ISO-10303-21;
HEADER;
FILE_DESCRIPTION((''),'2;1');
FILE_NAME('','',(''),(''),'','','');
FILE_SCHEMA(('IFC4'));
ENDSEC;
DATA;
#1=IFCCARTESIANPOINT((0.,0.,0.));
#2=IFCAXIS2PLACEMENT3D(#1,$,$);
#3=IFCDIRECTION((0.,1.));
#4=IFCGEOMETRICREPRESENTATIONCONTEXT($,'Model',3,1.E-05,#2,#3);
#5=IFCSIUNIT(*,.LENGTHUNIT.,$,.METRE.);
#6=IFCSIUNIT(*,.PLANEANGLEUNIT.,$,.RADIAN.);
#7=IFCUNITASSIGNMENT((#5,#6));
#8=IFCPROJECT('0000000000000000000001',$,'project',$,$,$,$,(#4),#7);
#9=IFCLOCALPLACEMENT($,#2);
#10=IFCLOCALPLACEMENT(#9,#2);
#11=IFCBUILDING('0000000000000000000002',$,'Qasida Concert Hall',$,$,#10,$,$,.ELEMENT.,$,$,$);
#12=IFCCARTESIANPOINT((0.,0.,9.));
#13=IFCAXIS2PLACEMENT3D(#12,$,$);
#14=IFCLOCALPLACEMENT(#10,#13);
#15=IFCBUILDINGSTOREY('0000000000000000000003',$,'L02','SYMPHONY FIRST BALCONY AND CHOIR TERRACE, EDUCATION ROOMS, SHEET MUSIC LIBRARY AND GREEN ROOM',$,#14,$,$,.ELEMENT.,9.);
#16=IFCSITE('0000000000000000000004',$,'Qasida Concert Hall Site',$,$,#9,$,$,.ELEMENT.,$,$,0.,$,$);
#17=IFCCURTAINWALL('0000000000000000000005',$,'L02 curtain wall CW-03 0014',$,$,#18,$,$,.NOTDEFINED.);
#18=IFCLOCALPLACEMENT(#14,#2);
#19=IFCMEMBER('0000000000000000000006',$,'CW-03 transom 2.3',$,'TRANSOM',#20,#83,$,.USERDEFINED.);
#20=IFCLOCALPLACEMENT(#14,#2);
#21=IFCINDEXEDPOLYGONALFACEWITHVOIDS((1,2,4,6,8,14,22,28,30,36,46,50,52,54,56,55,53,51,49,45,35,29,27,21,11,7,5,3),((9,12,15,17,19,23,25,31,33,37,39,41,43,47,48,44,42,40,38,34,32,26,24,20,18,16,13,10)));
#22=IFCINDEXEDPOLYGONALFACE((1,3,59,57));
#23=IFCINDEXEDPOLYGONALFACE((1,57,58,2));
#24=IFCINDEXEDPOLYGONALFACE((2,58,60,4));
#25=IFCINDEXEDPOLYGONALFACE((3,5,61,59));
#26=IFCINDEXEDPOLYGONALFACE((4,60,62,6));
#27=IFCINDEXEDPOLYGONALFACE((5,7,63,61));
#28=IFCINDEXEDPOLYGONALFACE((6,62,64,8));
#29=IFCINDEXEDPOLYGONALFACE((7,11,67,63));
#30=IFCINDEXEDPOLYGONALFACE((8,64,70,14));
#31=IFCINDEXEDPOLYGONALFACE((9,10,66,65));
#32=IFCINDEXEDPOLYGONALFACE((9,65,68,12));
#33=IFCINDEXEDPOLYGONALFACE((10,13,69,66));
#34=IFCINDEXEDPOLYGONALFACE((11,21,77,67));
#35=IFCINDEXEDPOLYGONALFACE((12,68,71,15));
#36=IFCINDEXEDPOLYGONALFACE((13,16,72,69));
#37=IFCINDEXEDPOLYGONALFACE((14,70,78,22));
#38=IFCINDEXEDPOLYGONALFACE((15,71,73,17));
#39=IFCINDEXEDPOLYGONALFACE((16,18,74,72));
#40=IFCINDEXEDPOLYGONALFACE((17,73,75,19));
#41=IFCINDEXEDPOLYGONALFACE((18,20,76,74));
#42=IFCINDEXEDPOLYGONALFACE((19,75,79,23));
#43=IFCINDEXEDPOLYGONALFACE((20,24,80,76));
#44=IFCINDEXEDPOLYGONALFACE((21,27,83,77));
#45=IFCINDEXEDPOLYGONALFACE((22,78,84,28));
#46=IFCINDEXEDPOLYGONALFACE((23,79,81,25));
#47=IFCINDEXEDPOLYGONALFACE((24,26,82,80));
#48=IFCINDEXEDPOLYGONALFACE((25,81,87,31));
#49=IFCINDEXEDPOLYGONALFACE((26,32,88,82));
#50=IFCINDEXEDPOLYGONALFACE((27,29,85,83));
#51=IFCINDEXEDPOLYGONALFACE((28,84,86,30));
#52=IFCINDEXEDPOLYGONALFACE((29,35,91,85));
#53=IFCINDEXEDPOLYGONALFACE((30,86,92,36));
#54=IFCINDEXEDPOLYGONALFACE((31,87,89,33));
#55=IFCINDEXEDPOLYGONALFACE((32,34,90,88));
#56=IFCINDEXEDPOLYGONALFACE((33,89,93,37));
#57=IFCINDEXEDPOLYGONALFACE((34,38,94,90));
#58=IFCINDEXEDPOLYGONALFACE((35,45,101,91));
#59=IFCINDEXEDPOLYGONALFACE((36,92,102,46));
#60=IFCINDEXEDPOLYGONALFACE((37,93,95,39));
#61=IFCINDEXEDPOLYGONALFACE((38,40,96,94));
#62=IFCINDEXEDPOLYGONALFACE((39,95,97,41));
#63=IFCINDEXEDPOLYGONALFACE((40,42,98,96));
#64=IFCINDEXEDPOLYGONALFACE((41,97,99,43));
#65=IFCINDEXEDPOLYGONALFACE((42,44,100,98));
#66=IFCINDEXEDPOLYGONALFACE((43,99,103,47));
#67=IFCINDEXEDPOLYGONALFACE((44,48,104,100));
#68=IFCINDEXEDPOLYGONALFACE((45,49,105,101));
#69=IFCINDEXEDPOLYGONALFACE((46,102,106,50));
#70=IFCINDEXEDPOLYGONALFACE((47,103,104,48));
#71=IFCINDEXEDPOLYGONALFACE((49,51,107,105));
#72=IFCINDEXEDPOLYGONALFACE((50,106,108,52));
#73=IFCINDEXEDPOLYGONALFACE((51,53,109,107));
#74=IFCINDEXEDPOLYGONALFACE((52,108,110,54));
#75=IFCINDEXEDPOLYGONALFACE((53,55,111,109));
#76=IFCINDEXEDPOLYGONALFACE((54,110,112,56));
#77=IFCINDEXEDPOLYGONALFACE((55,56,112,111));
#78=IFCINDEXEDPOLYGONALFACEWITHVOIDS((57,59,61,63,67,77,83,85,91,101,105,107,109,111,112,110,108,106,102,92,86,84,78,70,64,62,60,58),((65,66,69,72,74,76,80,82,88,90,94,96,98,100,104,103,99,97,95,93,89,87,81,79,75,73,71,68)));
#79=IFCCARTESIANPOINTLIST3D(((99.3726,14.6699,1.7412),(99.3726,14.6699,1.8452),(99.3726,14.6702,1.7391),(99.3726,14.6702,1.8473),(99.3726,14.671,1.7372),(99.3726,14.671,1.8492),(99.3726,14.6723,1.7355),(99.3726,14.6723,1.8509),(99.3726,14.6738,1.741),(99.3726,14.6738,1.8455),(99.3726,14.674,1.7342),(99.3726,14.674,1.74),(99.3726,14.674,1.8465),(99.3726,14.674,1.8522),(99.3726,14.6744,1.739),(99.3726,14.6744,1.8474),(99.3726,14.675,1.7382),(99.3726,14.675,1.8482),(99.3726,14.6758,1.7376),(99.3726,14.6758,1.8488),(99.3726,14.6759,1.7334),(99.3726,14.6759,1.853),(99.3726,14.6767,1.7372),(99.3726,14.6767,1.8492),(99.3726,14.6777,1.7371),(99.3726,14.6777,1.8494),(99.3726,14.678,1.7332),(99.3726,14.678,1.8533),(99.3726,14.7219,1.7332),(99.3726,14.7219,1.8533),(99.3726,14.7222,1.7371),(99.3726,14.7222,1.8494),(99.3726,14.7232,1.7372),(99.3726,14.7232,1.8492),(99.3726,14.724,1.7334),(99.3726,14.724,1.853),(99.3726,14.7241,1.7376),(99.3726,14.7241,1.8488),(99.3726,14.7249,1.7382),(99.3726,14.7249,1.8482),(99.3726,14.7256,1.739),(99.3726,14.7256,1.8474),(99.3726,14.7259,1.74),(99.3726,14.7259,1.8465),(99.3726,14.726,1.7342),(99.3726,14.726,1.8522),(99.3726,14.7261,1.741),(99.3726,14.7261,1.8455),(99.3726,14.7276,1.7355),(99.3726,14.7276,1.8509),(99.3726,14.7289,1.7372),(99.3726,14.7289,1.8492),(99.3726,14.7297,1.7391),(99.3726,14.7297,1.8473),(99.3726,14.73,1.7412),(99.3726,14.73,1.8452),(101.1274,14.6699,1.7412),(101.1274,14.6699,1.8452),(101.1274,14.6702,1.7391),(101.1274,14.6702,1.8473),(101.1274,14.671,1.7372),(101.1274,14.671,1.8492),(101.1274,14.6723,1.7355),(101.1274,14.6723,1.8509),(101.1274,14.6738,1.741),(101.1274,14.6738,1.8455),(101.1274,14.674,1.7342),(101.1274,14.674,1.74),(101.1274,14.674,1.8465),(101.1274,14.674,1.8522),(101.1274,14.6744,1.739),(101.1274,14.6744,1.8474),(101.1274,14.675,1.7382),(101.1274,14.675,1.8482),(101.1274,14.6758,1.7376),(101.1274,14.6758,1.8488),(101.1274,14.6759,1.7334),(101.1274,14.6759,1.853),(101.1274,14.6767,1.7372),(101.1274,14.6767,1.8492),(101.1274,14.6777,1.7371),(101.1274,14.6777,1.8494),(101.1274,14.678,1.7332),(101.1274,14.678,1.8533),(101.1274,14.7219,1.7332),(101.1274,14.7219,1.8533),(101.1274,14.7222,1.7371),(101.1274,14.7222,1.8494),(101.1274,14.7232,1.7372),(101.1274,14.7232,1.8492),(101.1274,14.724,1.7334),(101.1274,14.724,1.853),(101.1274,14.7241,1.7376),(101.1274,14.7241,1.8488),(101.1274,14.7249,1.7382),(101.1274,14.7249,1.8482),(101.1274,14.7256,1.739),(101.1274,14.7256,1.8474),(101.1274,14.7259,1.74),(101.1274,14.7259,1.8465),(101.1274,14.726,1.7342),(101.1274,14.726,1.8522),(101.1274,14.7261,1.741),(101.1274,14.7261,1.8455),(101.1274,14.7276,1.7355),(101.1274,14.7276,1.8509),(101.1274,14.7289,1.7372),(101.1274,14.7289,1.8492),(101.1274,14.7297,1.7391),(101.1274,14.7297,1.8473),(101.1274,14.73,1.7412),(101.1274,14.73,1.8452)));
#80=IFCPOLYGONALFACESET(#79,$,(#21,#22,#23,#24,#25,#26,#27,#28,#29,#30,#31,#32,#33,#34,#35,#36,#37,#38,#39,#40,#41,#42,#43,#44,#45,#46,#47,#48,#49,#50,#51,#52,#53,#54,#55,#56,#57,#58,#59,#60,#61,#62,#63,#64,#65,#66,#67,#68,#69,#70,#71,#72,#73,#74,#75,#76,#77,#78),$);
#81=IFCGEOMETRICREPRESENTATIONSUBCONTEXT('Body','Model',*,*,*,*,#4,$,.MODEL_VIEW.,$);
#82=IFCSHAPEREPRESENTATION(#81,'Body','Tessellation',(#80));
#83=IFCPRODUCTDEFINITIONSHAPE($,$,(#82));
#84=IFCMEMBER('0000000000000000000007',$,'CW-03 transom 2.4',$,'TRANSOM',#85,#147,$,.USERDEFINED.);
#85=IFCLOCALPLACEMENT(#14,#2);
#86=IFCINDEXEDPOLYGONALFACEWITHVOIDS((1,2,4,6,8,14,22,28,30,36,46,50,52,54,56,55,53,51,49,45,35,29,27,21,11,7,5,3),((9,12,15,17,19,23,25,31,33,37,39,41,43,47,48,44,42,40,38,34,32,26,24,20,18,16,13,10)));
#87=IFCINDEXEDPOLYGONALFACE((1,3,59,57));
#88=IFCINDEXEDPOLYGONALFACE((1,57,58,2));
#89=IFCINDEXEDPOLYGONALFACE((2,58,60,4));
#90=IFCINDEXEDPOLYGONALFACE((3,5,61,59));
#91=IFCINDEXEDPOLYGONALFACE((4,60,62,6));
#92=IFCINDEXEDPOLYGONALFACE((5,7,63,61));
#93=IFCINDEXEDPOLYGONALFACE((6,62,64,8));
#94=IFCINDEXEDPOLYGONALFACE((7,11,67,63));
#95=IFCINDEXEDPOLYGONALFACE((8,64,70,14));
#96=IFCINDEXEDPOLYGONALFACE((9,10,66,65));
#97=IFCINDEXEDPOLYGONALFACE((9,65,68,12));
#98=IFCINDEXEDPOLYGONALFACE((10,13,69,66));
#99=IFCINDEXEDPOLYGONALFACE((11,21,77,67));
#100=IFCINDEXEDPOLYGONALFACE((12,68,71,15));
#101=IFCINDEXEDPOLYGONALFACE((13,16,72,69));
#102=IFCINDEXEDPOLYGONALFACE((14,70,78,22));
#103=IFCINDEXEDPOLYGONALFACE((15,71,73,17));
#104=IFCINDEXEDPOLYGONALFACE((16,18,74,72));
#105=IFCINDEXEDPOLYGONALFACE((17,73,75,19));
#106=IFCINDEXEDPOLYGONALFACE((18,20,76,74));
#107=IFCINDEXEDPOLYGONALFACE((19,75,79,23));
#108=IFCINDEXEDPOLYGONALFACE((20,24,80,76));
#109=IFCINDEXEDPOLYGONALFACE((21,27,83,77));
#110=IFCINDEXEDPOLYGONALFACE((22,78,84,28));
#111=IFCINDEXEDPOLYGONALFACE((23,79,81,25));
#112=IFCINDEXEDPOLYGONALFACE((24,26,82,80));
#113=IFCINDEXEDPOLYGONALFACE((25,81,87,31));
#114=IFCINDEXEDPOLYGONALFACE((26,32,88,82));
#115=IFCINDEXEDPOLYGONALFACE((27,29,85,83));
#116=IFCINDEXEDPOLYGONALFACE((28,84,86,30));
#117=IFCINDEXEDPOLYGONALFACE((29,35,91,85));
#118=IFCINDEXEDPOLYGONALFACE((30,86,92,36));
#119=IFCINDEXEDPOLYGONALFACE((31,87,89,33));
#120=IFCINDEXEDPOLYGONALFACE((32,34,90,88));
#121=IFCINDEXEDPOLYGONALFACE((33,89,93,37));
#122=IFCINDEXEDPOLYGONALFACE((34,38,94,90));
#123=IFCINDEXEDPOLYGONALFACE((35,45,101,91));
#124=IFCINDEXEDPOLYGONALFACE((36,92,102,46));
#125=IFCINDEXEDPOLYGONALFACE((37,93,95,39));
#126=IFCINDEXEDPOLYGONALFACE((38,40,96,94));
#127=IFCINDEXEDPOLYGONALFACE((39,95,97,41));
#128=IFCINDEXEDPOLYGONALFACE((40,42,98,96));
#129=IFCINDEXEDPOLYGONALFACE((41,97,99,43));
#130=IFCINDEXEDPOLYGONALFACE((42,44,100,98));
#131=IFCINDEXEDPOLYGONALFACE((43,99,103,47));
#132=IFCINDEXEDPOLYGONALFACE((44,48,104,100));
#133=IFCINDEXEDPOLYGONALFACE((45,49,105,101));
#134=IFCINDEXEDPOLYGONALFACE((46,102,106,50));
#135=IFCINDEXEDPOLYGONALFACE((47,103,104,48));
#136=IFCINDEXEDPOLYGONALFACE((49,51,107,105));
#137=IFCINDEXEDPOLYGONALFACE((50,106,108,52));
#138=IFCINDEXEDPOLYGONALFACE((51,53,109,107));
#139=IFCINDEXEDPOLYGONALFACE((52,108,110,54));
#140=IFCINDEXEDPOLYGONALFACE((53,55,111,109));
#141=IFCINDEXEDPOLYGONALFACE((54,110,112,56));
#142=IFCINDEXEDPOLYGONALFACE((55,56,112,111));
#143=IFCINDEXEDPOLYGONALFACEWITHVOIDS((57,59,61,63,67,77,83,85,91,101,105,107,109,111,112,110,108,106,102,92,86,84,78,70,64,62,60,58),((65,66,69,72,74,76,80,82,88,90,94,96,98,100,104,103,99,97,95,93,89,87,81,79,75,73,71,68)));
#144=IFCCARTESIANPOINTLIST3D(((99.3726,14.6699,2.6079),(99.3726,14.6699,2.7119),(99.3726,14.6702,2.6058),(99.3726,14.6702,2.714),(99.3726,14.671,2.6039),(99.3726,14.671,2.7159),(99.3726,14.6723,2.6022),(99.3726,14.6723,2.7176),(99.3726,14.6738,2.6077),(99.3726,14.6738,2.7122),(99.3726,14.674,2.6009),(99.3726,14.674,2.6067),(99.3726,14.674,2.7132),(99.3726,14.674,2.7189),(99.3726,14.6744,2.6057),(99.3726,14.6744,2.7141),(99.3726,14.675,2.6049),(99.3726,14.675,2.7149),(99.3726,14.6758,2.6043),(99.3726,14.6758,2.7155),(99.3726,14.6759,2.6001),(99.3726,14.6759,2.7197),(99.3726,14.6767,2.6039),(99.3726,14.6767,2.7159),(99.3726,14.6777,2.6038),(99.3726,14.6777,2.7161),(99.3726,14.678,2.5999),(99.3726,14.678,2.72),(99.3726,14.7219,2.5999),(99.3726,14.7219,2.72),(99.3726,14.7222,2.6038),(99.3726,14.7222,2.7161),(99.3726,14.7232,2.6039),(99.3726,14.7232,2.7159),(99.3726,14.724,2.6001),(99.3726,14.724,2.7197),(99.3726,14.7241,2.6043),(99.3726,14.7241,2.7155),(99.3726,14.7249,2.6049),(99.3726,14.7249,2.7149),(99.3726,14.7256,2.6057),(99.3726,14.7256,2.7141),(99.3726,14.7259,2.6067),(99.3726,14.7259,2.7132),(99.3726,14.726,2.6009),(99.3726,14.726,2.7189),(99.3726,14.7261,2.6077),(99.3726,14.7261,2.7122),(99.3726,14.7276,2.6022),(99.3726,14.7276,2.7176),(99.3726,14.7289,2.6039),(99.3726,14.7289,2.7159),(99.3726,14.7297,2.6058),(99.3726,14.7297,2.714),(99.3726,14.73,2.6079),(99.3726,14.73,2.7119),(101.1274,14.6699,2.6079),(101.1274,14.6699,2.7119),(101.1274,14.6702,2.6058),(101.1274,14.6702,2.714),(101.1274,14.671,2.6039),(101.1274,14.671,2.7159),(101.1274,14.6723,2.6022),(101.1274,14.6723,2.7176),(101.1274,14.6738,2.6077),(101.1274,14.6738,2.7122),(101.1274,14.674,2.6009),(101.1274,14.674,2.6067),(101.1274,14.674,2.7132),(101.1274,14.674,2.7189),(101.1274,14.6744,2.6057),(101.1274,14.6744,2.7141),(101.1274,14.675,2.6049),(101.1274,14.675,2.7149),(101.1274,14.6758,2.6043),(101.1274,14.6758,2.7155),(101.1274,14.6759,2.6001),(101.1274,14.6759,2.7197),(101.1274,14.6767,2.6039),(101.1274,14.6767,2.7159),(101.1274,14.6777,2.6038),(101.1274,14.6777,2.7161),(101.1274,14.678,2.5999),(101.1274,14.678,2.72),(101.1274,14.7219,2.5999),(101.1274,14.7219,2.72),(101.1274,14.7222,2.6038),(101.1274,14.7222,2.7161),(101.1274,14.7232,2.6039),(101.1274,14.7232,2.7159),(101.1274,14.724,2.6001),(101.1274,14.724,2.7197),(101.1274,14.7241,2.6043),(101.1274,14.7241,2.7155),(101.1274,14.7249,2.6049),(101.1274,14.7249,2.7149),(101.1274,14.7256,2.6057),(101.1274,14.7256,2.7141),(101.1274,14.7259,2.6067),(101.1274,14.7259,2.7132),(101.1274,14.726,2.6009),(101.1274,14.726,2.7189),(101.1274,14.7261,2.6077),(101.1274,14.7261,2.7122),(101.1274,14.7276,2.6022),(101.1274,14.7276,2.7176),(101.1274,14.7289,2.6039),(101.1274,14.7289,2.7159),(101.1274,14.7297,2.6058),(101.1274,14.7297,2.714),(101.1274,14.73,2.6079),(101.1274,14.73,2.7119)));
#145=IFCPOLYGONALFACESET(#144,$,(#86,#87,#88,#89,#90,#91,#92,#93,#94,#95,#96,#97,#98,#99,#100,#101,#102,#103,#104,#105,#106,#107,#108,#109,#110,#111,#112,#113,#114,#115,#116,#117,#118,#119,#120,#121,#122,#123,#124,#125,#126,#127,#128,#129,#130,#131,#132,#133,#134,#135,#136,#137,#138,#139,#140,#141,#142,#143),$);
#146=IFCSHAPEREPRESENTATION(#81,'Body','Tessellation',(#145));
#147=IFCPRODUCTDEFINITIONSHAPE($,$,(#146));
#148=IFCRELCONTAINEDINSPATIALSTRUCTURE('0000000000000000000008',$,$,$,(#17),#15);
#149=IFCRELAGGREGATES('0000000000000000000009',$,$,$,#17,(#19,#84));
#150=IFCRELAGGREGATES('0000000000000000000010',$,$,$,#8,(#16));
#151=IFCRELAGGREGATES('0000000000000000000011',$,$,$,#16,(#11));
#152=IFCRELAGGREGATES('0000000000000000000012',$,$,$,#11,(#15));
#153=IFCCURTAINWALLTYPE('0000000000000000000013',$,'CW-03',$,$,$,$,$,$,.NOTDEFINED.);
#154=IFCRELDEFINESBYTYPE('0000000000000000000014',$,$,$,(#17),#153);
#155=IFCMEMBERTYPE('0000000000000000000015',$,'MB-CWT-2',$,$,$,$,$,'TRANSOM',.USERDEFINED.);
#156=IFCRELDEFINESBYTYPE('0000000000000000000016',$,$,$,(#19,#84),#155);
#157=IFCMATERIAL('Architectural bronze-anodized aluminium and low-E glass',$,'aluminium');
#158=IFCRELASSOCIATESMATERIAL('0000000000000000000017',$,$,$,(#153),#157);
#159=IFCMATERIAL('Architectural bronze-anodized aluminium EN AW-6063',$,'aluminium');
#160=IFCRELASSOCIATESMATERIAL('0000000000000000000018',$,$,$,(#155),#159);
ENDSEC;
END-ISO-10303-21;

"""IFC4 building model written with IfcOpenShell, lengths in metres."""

from ifc_helpers import new_model, si_unit, direction, frame, origin, origin_2d, place, context, subcontext, project, spatial, hollow_rectangle, extrude, material, material_profile, profile_set, type_object, element, aggregate, save


model = new_model("IFC4")

# Units and contexts
model_context = context("Model", 3, precision=1e-05, world=origin(), true_north=direction((0.0, 1.0)))
body_context = subcontext(model_context, "Body", "Model", "MODEL_VIEW")
ifc_project = project(units=[si_unit("LENGTHUNIT", "METRE"), si_unit("PLANEANGLEUNIT", "RADIAN")], contexts=[model_context])

# Site, building, storey
site_placement = place(None, origin())
site = spatial("IfcSite", under=ifc_project, at=site_placement, Name="Qasida Concert Hall Site", CompositionType="ELEMENT", RefElevation=0.0)
building_placement = place(site_placement, origin())
building = spatial("IfcBuilding", under=site, at=building_placement, Name="Qasida Concert Hall", CompositionType="ELEMENT")
storey_placement = place(building_placement, frame((0.0, 0.0, 9.0)))
storey = spatial("IfcBuildingStorey", under=building, at=storey_placement, Name="L02", Description="SYMPHONY FIRST BALCONY AND CHOIR TERRACE, EDUCATION ROOMS, SHEET MUSIC LIBRARY AND GREEN ROOM", CompositionType="ELEMENT", Elevation=9.0)

# Curtain wall, members
ifc_material_1 = material(Name="Architectural bronze-anodized aluminium and low-E glass", Category="aluminium")
curtain_wall_type = type_object("IfcCurtainWallType", Name="CW-03", PredefinedType="NOTDEFINED", material=ifc_material_1)
curtain_wall_placement = place(storey_placement, origin())
curtain_wall = element("IfcCurtainWall", 1, at=curtain_wall_placement, inside=storey, type_object=curtain_wall_type, Name="L02 curtain wall CW-03 0014", PredefinedType="NOTDEFINED")
ifc_material_2 = material(Name="Architectural bronze-anodized aluminium EN AW-6063", Category="aluminium")
ifc_material_profile_1 = material_profile(ifc_material_2, hollow_rectangle(XDim=0.0601, YDim=0.1201, WallThickness=0.0039, InnerFilletRadius=0.0039, OuterFilletRadius=0.0081, at=origin_2d()), Name="CWT 120x60x4")
ifc_profile_set_1 = profile_set([ifc_material_profile_1], Name="Architectural bronze-anodized aluminium EN AW-6063")
member_type_1 = type_object("IfcMemberType", Name="MB-CWT-2", ElementType="TRANSOM", PredefinedType="USERDEFINED", material=ifc_profile_set_1)
member_1_placement = place(storey_placement, frame((99.3726, 14.7, 1.7932), z_axis=(1.0, 0.0, 0.0), x_axis=(0.0, 1.0, 0.0)))
member_1 = element("IfcMember", 2, at=member_1_placement, type_object=member_type_1, Name="CW-03 transom 2.3", ObjectType="TRANSOM", PredefinedType="USERDEFINED", context=body_context, shape_type="SweptSolid", body=[
    extrude(hollow_rectangle(XDim=0.0601, YDim=0.1201, WallThickness=0.0039, InnerFilletRadius=0.0039, OuterFilletRadius=0.0081, at=origin_2d()), origin(), (0.0, 0.0, 1.0), 1.7549),
])
member_2_placement = place(storey_placement, frame((99.3726, 14.7, 2.6599), z_axis=(1.0, 0.0, 0.0), x_axis=(0.0, 1.0, 0.0)))
member_2 = element("IfcMember", 3, at=member_2_placement, type_object=member_type_1, Name="CW-03 transom 2.4", ObjectType="TRANSOM", PredefinedType="USERDEFINED", context=body_context, shape_type="SweptSolid", body=[
    extrude(hollow_rectangle(XDim=0.0601, YDim=0.1201, WallThickness=0.0039, InnerFilletRadius=0.0039, OuterFilletRadius=0.0081, at=origin_2d()), origin(), (0.0, 0.0, 1.0), 1.7549),
])
aggregate(curtain_wall, [member_1, member_2])

save(model, "model.ifc")
